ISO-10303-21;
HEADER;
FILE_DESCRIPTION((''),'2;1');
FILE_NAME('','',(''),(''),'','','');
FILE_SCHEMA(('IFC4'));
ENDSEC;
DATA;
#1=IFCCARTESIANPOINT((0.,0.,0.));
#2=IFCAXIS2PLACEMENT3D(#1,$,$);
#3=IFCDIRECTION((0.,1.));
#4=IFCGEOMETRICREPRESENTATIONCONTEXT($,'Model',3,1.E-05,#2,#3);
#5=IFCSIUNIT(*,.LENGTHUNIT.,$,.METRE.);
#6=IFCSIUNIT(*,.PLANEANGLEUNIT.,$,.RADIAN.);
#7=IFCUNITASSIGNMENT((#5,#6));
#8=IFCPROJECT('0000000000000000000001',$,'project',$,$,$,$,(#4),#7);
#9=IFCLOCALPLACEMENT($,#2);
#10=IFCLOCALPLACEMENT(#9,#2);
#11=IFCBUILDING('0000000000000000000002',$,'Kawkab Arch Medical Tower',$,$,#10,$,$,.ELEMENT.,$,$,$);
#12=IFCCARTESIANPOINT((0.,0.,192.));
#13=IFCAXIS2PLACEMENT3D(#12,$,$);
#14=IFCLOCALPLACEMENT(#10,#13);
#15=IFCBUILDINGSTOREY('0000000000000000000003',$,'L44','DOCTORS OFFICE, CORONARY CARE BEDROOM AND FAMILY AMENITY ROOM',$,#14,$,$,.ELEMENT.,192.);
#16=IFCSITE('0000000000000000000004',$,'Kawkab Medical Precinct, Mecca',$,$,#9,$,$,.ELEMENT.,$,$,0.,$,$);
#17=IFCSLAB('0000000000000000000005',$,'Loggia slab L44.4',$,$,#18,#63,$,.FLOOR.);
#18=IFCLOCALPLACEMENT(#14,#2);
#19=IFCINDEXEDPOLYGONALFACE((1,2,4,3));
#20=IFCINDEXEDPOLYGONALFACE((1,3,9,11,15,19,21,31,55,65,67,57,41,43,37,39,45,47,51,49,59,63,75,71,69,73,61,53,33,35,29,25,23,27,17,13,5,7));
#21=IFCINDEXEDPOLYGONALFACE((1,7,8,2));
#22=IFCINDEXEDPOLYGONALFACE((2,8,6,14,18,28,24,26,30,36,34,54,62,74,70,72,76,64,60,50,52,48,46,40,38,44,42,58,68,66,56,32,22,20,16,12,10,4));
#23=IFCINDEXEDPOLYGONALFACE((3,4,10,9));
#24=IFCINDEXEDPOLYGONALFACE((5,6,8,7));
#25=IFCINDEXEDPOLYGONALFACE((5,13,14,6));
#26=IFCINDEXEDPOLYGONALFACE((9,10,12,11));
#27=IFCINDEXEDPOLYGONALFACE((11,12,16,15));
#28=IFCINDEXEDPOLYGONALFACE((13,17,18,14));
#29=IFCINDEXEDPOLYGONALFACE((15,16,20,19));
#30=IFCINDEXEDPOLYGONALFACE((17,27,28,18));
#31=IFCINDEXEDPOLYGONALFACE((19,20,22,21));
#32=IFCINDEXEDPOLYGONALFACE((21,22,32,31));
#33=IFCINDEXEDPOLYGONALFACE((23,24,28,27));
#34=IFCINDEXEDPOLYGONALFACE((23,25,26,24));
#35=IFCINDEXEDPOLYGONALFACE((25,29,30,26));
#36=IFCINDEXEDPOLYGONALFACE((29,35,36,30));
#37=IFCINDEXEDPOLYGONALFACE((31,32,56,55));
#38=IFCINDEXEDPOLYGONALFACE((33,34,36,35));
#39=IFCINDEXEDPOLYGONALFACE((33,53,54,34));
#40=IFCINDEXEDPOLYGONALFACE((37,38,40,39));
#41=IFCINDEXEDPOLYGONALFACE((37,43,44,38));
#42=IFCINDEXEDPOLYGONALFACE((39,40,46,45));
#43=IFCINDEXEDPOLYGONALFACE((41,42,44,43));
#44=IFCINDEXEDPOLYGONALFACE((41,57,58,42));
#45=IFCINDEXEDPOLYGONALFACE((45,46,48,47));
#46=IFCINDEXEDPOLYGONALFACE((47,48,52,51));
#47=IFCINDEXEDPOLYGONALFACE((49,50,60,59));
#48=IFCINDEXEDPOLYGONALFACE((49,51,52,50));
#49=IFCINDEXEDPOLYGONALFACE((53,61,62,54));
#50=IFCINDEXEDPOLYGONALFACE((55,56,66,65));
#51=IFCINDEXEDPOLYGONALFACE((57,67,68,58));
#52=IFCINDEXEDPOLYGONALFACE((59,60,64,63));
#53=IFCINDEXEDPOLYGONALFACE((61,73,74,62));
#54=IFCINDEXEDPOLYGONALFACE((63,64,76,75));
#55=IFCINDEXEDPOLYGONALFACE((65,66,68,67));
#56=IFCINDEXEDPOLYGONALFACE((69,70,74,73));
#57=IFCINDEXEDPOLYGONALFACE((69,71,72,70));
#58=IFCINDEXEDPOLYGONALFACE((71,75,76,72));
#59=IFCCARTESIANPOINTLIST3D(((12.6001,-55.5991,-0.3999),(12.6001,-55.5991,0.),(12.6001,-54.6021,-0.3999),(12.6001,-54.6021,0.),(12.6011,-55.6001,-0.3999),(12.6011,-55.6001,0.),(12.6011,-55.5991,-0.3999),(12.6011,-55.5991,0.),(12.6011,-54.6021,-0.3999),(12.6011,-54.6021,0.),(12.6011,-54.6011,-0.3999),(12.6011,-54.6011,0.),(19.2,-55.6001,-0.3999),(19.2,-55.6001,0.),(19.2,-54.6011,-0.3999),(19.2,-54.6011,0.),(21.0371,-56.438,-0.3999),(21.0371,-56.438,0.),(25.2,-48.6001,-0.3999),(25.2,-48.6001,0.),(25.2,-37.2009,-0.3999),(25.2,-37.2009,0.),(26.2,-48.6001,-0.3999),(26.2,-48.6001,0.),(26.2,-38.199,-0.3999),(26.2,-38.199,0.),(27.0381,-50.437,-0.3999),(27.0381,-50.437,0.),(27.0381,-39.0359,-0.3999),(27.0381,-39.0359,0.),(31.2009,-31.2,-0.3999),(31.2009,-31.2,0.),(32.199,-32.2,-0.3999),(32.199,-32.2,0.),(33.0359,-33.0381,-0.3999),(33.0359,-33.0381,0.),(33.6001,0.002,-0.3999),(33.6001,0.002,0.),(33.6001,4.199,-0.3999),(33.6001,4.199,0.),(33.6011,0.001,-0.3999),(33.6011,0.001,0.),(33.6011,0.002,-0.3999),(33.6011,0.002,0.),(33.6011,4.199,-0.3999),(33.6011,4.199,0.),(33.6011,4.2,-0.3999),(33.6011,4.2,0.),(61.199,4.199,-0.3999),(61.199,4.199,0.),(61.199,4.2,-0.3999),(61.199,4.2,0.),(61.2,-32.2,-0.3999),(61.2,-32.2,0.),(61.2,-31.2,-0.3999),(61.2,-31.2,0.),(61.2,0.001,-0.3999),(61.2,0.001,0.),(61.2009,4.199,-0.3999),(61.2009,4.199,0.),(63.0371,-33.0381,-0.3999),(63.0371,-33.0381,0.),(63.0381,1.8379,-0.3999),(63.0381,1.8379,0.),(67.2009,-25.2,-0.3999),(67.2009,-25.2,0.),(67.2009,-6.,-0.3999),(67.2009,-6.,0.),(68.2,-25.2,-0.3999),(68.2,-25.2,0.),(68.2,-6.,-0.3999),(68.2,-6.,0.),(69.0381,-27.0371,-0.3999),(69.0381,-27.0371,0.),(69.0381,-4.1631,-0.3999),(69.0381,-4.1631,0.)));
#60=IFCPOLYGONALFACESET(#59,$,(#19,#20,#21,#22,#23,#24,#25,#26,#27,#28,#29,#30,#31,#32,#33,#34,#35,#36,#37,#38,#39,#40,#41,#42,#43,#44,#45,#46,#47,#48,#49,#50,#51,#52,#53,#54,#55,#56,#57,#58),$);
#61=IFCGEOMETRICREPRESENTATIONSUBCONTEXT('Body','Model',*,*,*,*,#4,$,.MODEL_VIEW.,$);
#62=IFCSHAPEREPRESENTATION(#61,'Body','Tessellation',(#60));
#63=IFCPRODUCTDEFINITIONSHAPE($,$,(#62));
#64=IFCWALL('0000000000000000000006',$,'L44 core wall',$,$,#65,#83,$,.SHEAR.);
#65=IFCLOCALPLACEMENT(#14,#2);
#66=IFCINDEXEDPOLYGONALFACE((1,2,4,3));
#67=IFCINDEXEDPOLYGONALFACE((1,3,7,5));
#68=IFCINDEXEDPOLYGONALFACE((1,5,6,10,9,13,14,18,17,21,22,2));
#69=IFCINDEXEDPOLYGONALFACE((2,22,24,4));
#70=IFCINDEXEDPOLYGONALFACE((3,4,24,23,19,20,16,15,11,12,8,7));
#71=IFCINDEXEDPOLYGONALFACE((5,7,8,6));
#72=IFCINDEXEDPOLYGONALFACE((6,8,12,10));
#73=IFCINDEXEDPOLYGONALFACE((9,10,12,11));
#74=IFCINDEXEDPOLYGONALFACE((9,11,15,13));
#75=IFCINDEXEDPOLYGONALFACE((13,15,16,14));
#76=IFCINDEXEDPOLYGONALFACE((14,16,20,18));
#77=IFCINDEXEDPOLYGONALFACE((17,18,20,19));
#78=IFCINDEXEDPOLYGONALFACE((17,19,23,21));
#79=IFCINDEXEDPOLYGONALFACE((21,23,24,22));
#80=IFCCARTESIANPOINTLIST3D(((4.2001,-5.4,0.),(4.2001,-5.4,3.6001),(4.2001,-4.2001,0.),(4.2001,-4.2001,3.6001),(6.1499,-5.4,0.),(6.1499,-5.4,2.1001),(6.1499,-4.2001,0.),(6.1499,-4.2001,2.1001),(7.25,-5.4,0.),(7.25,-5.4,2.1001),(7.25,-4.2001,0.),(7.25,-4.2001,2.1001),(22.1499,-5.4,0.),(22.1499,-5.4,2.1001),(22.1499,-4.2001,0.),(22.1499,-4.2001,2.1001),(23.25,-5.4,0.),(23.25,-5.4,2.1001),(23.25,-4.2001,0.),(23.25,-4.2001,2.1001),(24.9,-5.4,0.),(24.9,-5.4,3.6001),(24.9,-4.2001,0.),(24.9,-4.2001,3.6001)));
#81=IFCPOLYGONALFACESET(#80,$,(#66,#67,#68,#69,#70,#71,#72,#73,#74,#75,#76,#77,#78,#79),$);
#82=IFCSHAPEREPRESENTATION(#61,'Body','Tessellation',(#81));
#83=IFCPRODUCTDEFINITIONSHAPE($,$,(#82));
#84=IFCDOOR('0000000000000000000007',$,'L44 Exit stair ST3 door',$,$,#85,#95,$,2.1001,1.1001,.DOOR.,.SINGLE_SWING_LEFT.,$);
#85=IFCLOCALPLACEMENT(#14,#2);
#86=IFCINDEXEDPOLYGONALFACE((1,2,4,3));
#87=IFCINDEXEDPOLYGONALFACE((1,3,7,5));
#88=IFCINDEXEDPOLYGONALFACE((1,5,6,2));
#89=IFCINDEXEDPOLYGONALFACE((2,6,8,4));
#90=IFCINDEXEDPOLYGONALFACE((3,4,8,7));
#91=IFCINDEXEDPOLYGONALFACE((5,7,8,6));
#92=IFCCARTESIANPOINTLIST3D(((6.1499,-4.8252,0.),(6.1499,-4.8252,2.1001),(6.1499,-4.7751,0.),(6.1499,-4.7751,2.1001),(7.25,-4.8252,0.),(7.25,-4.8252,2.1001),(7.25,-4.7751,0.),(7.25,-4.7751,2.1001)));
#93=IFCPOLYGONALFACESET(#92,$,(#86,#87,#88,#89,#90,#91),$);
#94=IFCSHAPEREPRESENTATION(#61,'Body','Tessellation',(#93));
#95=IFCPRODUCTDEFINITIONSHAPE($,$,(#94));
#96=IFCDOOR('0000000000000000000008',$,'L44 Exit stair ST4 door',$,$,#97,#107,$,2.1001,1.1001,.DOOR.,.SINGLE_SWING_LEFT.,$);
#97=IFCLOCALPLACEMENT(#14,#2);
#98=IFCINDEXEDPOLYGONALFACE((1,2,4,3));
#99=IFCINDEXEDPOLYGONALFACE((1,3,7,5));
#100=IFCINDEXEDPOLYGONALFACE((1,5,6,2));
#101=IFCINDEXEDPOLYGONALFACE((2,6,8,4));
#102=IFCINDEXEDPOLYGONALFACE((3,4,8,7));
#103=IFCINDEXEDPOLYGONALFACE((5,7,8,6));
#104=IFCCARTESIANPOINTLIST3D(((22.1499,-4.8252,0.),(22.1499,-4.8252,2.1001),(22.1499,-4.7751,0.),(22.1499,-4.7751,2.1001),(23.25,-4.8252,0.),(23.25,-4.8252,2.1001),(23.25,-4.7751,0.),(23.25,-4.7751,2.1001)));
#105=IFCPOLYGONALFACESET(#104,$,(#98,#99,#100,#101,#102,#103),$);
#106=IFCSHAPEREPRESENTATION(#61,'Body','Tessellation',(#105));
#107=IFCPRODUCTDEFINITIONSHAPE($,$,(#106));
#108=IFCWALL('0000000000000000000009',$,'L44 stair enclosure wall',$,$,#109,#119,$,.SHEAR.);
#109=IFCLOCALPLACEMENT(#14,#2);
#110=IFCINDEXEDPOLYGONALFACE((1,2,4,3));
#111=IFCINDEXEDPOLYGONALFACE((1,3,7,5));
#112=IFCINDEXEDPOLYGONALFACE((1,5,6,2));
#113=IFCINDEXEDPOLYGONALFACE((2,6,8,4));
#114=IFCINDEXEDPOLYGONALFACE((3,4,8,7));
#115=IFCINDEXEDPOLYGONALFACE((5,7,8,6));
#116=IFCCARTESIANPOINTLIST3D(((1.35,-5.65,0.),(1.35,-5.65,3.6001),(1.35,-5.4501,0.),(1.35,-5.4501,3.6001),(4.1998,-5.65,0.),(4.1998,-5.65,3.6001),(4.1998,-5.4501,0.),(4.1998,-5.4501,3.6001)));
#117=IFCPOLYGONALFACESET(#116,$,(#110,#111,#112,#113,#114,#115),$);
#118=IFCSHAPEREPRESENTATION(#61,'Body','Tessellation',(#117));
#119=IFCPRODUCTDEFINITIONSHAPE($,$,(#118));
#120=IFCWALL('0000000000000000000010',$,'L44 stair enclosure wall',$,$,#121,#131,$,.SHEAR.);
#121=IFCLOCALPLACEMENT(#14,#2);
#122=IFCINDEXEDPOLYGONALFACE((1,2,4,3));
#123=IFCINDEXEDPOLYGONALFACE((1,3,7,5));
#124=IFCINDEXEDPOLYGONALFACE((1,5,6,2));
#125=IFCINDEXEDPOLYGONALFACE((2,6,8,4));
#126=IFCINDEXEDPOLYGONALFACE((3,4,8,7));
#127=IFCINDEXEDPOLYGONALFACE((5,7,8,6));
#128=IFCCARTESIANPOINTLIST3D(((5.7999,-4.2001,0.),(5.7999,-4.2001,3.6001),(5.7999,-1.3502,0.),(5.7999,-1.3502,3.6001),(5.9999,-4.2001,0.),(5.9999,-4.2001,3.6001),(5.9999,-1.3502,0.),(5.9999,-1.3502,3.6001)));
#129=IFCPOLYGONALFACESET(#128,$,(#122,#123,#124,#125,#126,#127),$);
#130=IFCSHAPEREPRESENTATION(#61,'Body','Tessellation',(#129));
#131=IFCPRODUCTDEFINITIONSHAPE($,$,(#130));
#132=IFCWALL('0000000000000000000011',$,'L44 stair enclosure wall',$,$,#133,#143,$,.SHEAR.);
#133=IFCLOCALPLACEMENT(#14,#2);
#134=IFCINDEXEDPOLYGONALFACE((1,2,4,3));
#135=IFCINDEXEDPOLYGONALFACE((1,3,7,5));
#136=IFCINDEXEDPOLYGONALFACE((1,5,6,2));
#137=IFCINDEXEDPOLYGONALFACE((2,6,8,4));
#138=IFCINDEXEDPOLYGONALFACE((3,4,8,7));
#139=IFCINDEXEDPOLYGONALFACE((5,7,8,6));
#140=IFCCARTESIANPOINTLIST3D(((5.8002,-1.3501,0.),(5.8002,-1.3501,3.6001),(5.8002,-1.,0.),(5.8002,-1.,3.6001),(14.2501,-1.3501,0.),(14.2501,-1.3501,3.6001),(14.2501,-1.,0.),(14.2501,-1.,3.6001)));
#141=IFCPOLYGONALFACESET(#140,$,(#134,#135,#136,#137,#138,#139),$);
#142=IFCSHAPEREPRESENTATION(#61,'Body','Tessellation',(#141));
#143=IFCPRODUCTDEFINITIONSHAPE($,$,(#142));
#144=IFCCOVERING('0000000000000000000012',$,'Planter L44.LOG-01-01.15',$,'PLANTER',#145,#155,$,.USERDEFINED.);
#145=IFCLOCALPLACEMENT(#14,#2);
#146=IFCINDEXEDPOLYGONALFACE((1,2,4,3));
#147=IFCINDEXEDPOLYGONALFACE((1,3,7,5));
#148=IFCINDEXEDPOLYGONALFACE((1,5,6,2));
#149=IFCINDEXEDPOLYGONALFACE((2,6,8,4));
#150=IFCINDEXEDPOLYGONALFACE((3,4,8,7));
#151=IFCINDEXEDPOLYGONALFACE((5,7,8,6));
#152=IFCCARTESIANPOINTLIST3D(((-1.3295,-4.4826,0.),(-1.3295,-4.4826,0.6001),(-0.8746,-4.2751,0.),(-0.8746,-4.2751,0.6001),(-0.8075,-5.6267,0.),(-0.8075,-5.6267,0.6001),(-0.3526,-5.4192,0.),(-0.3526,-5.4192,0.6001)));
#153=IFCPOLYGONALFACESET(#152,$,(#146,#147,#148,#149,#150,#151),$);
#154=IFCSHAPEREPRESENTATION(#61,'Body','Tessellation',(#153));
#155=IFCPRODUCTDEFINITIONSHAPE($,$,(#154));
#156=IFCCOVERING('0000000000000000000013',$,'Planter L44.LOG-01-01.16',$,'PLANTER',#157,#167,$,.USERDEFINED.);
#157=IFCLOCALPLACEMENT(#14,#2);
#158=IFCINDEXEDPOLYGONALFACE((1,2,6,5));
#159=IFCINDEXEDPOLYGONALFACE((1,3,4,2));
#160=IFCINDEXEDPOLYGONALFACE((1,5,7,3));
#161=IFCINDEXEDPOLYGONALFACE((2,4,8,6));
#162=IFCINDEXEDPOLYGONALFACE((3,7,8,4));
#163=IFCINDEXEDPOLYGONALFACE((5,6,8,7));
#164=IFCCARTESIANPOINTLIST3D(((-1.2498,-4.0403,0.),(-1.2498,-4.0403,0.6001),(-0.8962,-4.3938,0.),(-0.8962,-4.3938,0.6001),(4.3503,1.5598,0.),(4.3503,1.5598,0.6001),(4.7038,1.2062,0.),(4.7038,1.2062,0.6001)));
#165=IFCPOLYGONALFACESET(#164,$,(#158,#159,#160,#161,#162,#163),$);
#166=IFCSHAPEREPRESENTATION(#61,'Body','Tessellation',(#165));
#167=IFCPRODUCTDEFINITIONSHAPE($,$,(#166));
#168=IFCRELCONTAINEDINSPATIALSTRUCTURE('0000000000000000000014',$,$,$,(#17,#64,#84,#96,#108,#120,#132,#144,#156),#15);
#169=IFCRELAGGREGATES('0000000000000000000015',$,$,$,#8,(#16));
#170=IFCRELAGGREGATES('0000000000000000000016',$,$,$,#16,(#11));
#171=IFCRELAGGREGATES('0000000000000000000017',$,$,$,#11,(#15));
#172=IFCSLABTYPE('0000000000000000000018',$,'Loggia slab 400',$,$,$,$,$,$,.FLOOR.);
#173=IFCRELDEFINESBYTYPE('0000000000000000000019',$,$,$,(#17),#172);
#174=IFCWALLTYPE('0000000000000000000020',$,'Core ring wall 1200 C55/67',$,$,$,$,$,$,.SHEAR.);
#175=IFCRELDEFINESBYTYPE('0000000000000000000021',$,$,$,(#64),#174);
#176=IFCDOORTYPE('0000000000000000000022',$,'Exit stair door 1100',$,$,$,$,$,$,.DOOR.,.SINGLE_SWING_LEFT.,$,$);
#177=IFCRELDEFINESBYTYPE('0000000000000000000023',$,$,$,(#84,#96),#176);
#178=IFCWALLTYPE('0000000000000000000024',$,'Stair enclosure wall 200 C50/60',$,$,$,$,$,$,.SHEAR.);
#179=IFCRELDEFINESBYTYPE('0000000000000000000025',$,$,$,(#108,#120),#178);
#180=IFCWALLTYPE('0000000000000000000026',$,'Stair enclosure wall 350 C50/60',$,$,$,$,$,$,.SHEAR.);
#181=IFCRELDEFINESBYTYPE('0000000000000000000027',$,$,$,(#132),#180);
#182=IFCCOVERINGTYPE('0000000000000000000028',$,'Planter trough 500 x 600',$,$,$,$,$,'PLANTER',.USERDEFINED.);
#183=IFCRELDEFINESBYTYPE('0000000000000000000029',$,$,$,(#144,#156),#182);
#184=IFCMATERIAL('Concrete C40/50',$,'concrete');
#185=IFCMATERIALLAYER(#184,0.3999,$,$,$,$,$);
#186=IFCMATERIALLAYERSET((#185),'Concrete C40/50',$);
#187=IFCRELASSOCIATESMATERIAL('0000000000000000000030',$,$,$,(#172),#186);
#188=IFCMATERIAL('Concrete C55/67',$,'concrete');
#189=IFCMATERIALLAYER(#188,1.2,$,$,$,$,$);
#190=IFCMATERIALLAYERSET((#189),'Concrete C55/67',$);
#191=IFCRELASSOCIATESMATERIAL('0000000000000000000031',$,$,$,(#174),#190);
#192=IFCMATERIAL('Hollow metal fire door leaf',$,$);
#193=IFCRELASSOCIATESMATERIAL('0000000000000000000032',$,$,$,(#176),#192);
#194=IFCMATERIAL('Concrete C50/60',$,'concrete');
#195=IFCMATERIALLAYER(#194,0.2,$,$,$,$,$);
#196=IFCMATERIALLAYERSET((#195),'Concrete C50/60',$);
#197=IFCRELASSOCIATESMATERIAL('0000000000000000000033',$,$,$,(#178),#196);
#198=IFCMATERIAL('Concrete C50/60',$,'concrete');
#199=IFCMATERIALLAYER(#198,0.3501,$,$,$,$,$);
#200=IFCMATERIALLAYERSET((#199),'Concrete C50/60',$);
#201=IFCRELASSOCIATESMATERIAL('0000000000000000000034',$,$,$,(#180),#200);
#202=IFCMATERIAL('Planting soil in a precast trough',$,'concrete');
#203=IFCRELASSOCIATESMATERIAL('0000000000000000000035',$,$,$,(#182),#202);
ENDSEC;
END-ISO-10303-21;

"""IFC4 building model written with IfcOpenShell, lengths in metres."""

from ifc_helpers import new_model, si_unit, direction, frame, frame_2d, origin, origin_2d, place, context, subcontext, project, spatial, polyline, rectangle, outline, extrude, material, layer, layer_set, material_profile, profile_set, type_object, element, fill, save


model = new_model("IFC4")

# Units and contexts
model_context = context("Model", 3, precision=1e-05, world=origin(), true_north=direction((0.0, 1.0)))
body_context = subcontext(model_context, "Body", "Model", "MODEL_VIEW")
ifc_project = project(units=[si_unit("LENGTHUNIT", "METRE"), si_unit("PLANEANGLEUNIT", "RADIAN")], contexts=[model_context])

# Site, building, storey
site_placement = place(None, origin())
site = spatial("IfcSite", under=ifc_project, at=site_placement, Name="Kawkab Medical Precinct, Mecca", CompositionType="ELEMENT", RefElevation=0.0)
building_placement = place(site_placement, origin())
building = spatial("IfcBuilding", under=site, at=building_placement, Name="Kawkab Arch Medical Tower", CompositionType="ELEMENT")
storey_placement = place(building_placement, frame((0.0, 0.0, 192.0)))
storey = spatial("IfcBuildingStorey", under=building, at=storey_placement, Name="L44", Description="DOCTORS OFFICE, CORONARY CARE BEDROOM AND FAMILY AMENITY ROOM", CompositionType="ELEMENT", Elevation=192.0)

# Slab
ifc_material_1 = material(Name="Concrete C40/50", Category="concrete")
ifc_layer_1 = layer(ifc_material_1, 0.3999)
ifc_layer_set_1 = layer_set([ifc_layer_1], Name="Concrete C40/50")
slab_type_1 = type_object("IfcSlabType", Name="Loggia slab 400", PredefinedType="FLOOR", material=ifc_layer_set_1)
placement_1 = place(storey_placement, frame((0.0, 0.0, -0.3999)))
element("IfcSlab", 1, at=placement_1, inside=storey, type_object=slab_type_1, Name="Loggia slab L44.4", PredefinedType="FLOOR", context=body_context, shape_type="SweptSolid", body=[
    extrude(outline(polyline([(12.6011, -55.6001), (12.6011, -55.5991), (12.6001, -55.5991), (12.6001, -54.6021), (12.6011, -54.6021), (12.6011, -54.6011), (19.2, -54.6011), (25.2, -48.6001), (25.2, -37.2009), (31.2009, -31.2), (61.2, -31.2), (67.2009, -25.2), (67.2009, -6.0), (61.2, 0.001), (33.6011, 0.001), (33.6011, 0.002), (33.6001, 0.002), (33.6001, 4.199), (33.6011, 4.199), (33.6011, 4.2), (61.199, 4.2), (61.199, 4.199), (61.2009, 4.199), (63.0381, 1.8379), (69.0381, -4.1631), (68.2, -6.0), (68.2, -25.2), (69.0381, -27.0371), (63.0371, -33.0381), (61.2, -32.2), (32.199, -32.2), (33.0359, -33.0381), (27.0381, -39.0359), (26.2, -38.199), (26.2, -48.6001), (27.0381, -50.437), (21.0371, -56.438), (19.2, -55.6001), (12.6011, -55.6001)])), origin(), (0.0, 0.0, 1.0), 0.3999),
])

# Wall, openings, doors
ifc_material_2 = material(Name="Concrete C55/67", Category="concrete")
ifc_layer_2 = layer(ifc_material_2, 1.2)
ifc_layer_set_2 = layer_set([ifc_layer_2], Name="Concrete C55/67")
wall_type_1 = type_object("IfcWallType", Name="Core ring wall 1200 C55/67", PredefinedType="SHEAR", material=ifc_layer_set_2)
wall_1_placement = place(storey_placement, frame((4.2, -4.8, 0.0), z_axis=(0.0, 0.0, 1.0), x_axis=(1.0, 0.0, 0.0)))
wall_1 = element("IfcWall", 2, at=wall_1_placement, inside=storey, type_object=wall_type_1, Name="L44 core wall", PredefinedType="SHEAR", context=body_context, shape_type="SweptSolid", body=[
    extrude(rectangle(XDim=20.7, YDim=1.2, at=frame_2d((10.3501, 0.0))), origin(), (0.0, 0.0, 1.0), 3.6001),
])
opening_1_placement = place(wall_1_placement, frame((1.95, 0.0, 0.0)))
opening_1 = element("IfcOpeningElement", 3, at=opening_1_placement, cuts=wall_1, PredefinedType="OPENING", context=body_context, shape_type="SweptSolid", body=[
    extrude(rectangle(XDim=1.1001, YDim=2.1001, at=frame_2d((0.55, 1.05))), frame((0.0, 0.6099, 0.0), z_axis=(0.0, -1.0, 0.0), x_axis=(1.0, 0.0, 0.0)), (0.0, 0.0, 1.0), 1.22),
])
opening_2_placement = place(wall_1_placement, frame((17.95, 0.0, 0.0)))
opening_2 = element("IfcOpeningElement", 4, at=opening_2_placement, cuts=wall_1, PredefinedType="OPENING", context=body_context, shape_type="SweptSolid", body=[
    extrude(rectangle(XDim=1.1001, YDim=2.1001, at=frame_2d((0.55, 1.05))), frame((0.0, 0.6099, 0.0), z_axis=(0.0, -1.0, 0.0), x_axis=(1.0, 0.0, 0.0)), (0.0, 0.0, 1.0), 1.22),
])
ifc_material_3 = material(Name="Hollow metal fire door leaf")
door_type = type_object("IfcDoorType", Name="Exit stair door 1100", OperationType="SINGLE_SWING_LEFT", PredefinedType="DOOR", material=ifc_material_3)
door_1_placement = place(opening_1_placement, origin())
door_1 = element("IfcDoor", 5, at=door_1_placement, inside=storey, type_object=door_type, Name="L44 Exit stair ST3 door", OperationType="SINGLE_SWING_LEFT", OverallHeight=2.1001, OverallWidth=1.1001, PredefinedType="DOOR", context=body_context, shape_type="SweptSolid", body=[
    extrude(rectangle(XDim=1.1001, YDim=2.1001, at=frame_2d((0.55, 1.05))), frame((0.0, 0.0249, 0.0), z_axis=(0.0, -1.0, 0.0), x_axis=(1.0, 0.0, 0.0)), (0.0, 0.0, 1.0), 0.05),
])
fill(opening_1, door_1)
door_2_placement = place(opening_2_placement, origin())
door_2 = element("IfcDoor", 6, at=door_2_placement, inside=storey, type_object=door_type, Name="L44 Exit stair ST4 door", OperationType="SINGLE_SWING_LEFT", OverallHeight=2.1001, OverallWidth=1.1001, PredefinedType="DOOR", context=body_context, shape_type="SweptSolid", body=[
    extrude(rectangle(XDim=1.1001, YDim=2.1001, at=frame_2d((0.55, 1.05))), frame((0.0, 0.0249, 0.0), z_axis=(0.0, -1.0, 0.0), x_axis=(1.0, 0.0, 0.0)), (0.0, 0.0, 1.0), 0.05),
])
fill(opening_2, door_2)

# Walls
ifc_material_4 = material(Name="Concrete C50/60", Category="concrete")
ifc_layer_3 = layer(ifc_material_4, 0.2)
ifc_layer_set_3 = layer_set([ifc_layer_3], Name="Concrete C50/60")
wall_type_2 = type_object("IfcWallType", Name="Stair enclosure wall 200 C50/60", PredefinedType="SHEAR", material=ifc_layer_set_3)
for number, where, z_axis, x_axis, name in (
    (7, (1.3501, -5.55, 0.0), (0.0, 0.0, 1.0), (1.0, 0.0, 0.0), "L44 stair enclosure wall"),
    (8, (5.8999, -4.2, 0.0), (0.0, 0.0, 1.0), (0.0, 1.0, 0.0), "L44 stair enclosure wall"),
):
    element("IfcWall", number, at=place(storey_placement, frame(where, z_axis=z_axis, x_axis=x_axis)), inside=storey, type_object=wall_type_2, Name=name, PredefinedType="SHEAR", context=body_context, shape_type="SweptSolid", body=[
        extrude(rectangle(XDim=2.8499, YDim=0.2, at=frame_2d((1.4248, 0.0))), origin(), (0.0, 0.0, 1.0), 3.6001),
    ])
ifc_material_5 = material(Name="Concrete C50/60", Category="concrete")
ifc_layer_4 = layer(ifc_material_5, 0.3501)
ifc_layer_set_4 = layer_set([ifc_layer_4], Name="Concrete C50/60")
wall_type_3 = type_object("IfcWallType", Name="Stair enclosure wall 350 C50/60", PredefinedType="SHEAR", material=ifc_layer_set_4)
wall_2_placement = place(storey_placement, frame((5.8, -1.175, 0.0), z_axis=(0.0, 0.0, 1.0), x_axis=(1.0, 0.0, 0.0)))
element("IfcWall", 9, at=wall_2_placement, inside=storey, type_object=wall_type_3, Name="L44 stair enclosure wall", PredefinedType="SHEAR", context=body_context, shape_type="SweptSolid", body=[
    extrude(rectangle(XDim=8.45, YDim=0.3501, at=frame_2d((4.2251, 0.0))), origin(), (0.0, 0.0, 1.0), 3.6001),
])

# Coverings
ifc_material_6 = material(Name="Planting soil in a precast trough", Category="concrete")
ifc_material_profile_1 = material_profile(ifc_material_6, rectangle(XDim=0.5, YDim=0.6001, at=origin_2d()), Name="Trough 500x600")
ifc_profile_set_1 = profile_set([ifc_material_profile_1], Name="Planting soil in a precast trough")
covering_type = type_object("IfcCoveringType", Name="Planter trough 500 x 600", ElementType="PLANTER", PredefinedType="USERDEFINED", material=ifc_profile_set_1)
covering_1_placement = place(storey_placement, frame((-0.5801, -5.5229, 0.3), z_axis=(-0.41509, 0.90978, 0.0), x_axis=(-0.90978, -0.41509, 0.0)))
element("IfcCovering", 10, at=covering_1_placement, inside=storey, type_object=covering_type, Name="Planter L44.LOG-01-01.15", ObjectType="PLANTER", PredefinedType="USERDEFINED", context=body_context, shape_type="SweptSolid", body=[
    extrude(rectangle(XDim=0.5, YDim=0.6001, at=origin_2d()), origin(), (0.0, 0.0, 1.0), 1.2576),
])
covering_2_placement = place(storey_placement, frame((-1.073, -4.217, 0.3), z_axis=(0.707107, 0.707107, 0.0), x_axis=(-0.707107, 0.707107, 0.0)))
element("IfcCovering", 11, at=covering_2_placement, inside=storey, type_object=covering_type, Name="Planter L44.LOG-01-01.16", ObjectType="PLANTER", PredefinedType="USERDEFINED", context=body_context, shape_type="SweptSolid", body=[
    extrude(rectangle(XDim=0.5, YDim=0.6001, at=origin_2d()), origin(), (0.0, 0.0, 1.0), 7.9197),
])

save(model, "model.ifc")
